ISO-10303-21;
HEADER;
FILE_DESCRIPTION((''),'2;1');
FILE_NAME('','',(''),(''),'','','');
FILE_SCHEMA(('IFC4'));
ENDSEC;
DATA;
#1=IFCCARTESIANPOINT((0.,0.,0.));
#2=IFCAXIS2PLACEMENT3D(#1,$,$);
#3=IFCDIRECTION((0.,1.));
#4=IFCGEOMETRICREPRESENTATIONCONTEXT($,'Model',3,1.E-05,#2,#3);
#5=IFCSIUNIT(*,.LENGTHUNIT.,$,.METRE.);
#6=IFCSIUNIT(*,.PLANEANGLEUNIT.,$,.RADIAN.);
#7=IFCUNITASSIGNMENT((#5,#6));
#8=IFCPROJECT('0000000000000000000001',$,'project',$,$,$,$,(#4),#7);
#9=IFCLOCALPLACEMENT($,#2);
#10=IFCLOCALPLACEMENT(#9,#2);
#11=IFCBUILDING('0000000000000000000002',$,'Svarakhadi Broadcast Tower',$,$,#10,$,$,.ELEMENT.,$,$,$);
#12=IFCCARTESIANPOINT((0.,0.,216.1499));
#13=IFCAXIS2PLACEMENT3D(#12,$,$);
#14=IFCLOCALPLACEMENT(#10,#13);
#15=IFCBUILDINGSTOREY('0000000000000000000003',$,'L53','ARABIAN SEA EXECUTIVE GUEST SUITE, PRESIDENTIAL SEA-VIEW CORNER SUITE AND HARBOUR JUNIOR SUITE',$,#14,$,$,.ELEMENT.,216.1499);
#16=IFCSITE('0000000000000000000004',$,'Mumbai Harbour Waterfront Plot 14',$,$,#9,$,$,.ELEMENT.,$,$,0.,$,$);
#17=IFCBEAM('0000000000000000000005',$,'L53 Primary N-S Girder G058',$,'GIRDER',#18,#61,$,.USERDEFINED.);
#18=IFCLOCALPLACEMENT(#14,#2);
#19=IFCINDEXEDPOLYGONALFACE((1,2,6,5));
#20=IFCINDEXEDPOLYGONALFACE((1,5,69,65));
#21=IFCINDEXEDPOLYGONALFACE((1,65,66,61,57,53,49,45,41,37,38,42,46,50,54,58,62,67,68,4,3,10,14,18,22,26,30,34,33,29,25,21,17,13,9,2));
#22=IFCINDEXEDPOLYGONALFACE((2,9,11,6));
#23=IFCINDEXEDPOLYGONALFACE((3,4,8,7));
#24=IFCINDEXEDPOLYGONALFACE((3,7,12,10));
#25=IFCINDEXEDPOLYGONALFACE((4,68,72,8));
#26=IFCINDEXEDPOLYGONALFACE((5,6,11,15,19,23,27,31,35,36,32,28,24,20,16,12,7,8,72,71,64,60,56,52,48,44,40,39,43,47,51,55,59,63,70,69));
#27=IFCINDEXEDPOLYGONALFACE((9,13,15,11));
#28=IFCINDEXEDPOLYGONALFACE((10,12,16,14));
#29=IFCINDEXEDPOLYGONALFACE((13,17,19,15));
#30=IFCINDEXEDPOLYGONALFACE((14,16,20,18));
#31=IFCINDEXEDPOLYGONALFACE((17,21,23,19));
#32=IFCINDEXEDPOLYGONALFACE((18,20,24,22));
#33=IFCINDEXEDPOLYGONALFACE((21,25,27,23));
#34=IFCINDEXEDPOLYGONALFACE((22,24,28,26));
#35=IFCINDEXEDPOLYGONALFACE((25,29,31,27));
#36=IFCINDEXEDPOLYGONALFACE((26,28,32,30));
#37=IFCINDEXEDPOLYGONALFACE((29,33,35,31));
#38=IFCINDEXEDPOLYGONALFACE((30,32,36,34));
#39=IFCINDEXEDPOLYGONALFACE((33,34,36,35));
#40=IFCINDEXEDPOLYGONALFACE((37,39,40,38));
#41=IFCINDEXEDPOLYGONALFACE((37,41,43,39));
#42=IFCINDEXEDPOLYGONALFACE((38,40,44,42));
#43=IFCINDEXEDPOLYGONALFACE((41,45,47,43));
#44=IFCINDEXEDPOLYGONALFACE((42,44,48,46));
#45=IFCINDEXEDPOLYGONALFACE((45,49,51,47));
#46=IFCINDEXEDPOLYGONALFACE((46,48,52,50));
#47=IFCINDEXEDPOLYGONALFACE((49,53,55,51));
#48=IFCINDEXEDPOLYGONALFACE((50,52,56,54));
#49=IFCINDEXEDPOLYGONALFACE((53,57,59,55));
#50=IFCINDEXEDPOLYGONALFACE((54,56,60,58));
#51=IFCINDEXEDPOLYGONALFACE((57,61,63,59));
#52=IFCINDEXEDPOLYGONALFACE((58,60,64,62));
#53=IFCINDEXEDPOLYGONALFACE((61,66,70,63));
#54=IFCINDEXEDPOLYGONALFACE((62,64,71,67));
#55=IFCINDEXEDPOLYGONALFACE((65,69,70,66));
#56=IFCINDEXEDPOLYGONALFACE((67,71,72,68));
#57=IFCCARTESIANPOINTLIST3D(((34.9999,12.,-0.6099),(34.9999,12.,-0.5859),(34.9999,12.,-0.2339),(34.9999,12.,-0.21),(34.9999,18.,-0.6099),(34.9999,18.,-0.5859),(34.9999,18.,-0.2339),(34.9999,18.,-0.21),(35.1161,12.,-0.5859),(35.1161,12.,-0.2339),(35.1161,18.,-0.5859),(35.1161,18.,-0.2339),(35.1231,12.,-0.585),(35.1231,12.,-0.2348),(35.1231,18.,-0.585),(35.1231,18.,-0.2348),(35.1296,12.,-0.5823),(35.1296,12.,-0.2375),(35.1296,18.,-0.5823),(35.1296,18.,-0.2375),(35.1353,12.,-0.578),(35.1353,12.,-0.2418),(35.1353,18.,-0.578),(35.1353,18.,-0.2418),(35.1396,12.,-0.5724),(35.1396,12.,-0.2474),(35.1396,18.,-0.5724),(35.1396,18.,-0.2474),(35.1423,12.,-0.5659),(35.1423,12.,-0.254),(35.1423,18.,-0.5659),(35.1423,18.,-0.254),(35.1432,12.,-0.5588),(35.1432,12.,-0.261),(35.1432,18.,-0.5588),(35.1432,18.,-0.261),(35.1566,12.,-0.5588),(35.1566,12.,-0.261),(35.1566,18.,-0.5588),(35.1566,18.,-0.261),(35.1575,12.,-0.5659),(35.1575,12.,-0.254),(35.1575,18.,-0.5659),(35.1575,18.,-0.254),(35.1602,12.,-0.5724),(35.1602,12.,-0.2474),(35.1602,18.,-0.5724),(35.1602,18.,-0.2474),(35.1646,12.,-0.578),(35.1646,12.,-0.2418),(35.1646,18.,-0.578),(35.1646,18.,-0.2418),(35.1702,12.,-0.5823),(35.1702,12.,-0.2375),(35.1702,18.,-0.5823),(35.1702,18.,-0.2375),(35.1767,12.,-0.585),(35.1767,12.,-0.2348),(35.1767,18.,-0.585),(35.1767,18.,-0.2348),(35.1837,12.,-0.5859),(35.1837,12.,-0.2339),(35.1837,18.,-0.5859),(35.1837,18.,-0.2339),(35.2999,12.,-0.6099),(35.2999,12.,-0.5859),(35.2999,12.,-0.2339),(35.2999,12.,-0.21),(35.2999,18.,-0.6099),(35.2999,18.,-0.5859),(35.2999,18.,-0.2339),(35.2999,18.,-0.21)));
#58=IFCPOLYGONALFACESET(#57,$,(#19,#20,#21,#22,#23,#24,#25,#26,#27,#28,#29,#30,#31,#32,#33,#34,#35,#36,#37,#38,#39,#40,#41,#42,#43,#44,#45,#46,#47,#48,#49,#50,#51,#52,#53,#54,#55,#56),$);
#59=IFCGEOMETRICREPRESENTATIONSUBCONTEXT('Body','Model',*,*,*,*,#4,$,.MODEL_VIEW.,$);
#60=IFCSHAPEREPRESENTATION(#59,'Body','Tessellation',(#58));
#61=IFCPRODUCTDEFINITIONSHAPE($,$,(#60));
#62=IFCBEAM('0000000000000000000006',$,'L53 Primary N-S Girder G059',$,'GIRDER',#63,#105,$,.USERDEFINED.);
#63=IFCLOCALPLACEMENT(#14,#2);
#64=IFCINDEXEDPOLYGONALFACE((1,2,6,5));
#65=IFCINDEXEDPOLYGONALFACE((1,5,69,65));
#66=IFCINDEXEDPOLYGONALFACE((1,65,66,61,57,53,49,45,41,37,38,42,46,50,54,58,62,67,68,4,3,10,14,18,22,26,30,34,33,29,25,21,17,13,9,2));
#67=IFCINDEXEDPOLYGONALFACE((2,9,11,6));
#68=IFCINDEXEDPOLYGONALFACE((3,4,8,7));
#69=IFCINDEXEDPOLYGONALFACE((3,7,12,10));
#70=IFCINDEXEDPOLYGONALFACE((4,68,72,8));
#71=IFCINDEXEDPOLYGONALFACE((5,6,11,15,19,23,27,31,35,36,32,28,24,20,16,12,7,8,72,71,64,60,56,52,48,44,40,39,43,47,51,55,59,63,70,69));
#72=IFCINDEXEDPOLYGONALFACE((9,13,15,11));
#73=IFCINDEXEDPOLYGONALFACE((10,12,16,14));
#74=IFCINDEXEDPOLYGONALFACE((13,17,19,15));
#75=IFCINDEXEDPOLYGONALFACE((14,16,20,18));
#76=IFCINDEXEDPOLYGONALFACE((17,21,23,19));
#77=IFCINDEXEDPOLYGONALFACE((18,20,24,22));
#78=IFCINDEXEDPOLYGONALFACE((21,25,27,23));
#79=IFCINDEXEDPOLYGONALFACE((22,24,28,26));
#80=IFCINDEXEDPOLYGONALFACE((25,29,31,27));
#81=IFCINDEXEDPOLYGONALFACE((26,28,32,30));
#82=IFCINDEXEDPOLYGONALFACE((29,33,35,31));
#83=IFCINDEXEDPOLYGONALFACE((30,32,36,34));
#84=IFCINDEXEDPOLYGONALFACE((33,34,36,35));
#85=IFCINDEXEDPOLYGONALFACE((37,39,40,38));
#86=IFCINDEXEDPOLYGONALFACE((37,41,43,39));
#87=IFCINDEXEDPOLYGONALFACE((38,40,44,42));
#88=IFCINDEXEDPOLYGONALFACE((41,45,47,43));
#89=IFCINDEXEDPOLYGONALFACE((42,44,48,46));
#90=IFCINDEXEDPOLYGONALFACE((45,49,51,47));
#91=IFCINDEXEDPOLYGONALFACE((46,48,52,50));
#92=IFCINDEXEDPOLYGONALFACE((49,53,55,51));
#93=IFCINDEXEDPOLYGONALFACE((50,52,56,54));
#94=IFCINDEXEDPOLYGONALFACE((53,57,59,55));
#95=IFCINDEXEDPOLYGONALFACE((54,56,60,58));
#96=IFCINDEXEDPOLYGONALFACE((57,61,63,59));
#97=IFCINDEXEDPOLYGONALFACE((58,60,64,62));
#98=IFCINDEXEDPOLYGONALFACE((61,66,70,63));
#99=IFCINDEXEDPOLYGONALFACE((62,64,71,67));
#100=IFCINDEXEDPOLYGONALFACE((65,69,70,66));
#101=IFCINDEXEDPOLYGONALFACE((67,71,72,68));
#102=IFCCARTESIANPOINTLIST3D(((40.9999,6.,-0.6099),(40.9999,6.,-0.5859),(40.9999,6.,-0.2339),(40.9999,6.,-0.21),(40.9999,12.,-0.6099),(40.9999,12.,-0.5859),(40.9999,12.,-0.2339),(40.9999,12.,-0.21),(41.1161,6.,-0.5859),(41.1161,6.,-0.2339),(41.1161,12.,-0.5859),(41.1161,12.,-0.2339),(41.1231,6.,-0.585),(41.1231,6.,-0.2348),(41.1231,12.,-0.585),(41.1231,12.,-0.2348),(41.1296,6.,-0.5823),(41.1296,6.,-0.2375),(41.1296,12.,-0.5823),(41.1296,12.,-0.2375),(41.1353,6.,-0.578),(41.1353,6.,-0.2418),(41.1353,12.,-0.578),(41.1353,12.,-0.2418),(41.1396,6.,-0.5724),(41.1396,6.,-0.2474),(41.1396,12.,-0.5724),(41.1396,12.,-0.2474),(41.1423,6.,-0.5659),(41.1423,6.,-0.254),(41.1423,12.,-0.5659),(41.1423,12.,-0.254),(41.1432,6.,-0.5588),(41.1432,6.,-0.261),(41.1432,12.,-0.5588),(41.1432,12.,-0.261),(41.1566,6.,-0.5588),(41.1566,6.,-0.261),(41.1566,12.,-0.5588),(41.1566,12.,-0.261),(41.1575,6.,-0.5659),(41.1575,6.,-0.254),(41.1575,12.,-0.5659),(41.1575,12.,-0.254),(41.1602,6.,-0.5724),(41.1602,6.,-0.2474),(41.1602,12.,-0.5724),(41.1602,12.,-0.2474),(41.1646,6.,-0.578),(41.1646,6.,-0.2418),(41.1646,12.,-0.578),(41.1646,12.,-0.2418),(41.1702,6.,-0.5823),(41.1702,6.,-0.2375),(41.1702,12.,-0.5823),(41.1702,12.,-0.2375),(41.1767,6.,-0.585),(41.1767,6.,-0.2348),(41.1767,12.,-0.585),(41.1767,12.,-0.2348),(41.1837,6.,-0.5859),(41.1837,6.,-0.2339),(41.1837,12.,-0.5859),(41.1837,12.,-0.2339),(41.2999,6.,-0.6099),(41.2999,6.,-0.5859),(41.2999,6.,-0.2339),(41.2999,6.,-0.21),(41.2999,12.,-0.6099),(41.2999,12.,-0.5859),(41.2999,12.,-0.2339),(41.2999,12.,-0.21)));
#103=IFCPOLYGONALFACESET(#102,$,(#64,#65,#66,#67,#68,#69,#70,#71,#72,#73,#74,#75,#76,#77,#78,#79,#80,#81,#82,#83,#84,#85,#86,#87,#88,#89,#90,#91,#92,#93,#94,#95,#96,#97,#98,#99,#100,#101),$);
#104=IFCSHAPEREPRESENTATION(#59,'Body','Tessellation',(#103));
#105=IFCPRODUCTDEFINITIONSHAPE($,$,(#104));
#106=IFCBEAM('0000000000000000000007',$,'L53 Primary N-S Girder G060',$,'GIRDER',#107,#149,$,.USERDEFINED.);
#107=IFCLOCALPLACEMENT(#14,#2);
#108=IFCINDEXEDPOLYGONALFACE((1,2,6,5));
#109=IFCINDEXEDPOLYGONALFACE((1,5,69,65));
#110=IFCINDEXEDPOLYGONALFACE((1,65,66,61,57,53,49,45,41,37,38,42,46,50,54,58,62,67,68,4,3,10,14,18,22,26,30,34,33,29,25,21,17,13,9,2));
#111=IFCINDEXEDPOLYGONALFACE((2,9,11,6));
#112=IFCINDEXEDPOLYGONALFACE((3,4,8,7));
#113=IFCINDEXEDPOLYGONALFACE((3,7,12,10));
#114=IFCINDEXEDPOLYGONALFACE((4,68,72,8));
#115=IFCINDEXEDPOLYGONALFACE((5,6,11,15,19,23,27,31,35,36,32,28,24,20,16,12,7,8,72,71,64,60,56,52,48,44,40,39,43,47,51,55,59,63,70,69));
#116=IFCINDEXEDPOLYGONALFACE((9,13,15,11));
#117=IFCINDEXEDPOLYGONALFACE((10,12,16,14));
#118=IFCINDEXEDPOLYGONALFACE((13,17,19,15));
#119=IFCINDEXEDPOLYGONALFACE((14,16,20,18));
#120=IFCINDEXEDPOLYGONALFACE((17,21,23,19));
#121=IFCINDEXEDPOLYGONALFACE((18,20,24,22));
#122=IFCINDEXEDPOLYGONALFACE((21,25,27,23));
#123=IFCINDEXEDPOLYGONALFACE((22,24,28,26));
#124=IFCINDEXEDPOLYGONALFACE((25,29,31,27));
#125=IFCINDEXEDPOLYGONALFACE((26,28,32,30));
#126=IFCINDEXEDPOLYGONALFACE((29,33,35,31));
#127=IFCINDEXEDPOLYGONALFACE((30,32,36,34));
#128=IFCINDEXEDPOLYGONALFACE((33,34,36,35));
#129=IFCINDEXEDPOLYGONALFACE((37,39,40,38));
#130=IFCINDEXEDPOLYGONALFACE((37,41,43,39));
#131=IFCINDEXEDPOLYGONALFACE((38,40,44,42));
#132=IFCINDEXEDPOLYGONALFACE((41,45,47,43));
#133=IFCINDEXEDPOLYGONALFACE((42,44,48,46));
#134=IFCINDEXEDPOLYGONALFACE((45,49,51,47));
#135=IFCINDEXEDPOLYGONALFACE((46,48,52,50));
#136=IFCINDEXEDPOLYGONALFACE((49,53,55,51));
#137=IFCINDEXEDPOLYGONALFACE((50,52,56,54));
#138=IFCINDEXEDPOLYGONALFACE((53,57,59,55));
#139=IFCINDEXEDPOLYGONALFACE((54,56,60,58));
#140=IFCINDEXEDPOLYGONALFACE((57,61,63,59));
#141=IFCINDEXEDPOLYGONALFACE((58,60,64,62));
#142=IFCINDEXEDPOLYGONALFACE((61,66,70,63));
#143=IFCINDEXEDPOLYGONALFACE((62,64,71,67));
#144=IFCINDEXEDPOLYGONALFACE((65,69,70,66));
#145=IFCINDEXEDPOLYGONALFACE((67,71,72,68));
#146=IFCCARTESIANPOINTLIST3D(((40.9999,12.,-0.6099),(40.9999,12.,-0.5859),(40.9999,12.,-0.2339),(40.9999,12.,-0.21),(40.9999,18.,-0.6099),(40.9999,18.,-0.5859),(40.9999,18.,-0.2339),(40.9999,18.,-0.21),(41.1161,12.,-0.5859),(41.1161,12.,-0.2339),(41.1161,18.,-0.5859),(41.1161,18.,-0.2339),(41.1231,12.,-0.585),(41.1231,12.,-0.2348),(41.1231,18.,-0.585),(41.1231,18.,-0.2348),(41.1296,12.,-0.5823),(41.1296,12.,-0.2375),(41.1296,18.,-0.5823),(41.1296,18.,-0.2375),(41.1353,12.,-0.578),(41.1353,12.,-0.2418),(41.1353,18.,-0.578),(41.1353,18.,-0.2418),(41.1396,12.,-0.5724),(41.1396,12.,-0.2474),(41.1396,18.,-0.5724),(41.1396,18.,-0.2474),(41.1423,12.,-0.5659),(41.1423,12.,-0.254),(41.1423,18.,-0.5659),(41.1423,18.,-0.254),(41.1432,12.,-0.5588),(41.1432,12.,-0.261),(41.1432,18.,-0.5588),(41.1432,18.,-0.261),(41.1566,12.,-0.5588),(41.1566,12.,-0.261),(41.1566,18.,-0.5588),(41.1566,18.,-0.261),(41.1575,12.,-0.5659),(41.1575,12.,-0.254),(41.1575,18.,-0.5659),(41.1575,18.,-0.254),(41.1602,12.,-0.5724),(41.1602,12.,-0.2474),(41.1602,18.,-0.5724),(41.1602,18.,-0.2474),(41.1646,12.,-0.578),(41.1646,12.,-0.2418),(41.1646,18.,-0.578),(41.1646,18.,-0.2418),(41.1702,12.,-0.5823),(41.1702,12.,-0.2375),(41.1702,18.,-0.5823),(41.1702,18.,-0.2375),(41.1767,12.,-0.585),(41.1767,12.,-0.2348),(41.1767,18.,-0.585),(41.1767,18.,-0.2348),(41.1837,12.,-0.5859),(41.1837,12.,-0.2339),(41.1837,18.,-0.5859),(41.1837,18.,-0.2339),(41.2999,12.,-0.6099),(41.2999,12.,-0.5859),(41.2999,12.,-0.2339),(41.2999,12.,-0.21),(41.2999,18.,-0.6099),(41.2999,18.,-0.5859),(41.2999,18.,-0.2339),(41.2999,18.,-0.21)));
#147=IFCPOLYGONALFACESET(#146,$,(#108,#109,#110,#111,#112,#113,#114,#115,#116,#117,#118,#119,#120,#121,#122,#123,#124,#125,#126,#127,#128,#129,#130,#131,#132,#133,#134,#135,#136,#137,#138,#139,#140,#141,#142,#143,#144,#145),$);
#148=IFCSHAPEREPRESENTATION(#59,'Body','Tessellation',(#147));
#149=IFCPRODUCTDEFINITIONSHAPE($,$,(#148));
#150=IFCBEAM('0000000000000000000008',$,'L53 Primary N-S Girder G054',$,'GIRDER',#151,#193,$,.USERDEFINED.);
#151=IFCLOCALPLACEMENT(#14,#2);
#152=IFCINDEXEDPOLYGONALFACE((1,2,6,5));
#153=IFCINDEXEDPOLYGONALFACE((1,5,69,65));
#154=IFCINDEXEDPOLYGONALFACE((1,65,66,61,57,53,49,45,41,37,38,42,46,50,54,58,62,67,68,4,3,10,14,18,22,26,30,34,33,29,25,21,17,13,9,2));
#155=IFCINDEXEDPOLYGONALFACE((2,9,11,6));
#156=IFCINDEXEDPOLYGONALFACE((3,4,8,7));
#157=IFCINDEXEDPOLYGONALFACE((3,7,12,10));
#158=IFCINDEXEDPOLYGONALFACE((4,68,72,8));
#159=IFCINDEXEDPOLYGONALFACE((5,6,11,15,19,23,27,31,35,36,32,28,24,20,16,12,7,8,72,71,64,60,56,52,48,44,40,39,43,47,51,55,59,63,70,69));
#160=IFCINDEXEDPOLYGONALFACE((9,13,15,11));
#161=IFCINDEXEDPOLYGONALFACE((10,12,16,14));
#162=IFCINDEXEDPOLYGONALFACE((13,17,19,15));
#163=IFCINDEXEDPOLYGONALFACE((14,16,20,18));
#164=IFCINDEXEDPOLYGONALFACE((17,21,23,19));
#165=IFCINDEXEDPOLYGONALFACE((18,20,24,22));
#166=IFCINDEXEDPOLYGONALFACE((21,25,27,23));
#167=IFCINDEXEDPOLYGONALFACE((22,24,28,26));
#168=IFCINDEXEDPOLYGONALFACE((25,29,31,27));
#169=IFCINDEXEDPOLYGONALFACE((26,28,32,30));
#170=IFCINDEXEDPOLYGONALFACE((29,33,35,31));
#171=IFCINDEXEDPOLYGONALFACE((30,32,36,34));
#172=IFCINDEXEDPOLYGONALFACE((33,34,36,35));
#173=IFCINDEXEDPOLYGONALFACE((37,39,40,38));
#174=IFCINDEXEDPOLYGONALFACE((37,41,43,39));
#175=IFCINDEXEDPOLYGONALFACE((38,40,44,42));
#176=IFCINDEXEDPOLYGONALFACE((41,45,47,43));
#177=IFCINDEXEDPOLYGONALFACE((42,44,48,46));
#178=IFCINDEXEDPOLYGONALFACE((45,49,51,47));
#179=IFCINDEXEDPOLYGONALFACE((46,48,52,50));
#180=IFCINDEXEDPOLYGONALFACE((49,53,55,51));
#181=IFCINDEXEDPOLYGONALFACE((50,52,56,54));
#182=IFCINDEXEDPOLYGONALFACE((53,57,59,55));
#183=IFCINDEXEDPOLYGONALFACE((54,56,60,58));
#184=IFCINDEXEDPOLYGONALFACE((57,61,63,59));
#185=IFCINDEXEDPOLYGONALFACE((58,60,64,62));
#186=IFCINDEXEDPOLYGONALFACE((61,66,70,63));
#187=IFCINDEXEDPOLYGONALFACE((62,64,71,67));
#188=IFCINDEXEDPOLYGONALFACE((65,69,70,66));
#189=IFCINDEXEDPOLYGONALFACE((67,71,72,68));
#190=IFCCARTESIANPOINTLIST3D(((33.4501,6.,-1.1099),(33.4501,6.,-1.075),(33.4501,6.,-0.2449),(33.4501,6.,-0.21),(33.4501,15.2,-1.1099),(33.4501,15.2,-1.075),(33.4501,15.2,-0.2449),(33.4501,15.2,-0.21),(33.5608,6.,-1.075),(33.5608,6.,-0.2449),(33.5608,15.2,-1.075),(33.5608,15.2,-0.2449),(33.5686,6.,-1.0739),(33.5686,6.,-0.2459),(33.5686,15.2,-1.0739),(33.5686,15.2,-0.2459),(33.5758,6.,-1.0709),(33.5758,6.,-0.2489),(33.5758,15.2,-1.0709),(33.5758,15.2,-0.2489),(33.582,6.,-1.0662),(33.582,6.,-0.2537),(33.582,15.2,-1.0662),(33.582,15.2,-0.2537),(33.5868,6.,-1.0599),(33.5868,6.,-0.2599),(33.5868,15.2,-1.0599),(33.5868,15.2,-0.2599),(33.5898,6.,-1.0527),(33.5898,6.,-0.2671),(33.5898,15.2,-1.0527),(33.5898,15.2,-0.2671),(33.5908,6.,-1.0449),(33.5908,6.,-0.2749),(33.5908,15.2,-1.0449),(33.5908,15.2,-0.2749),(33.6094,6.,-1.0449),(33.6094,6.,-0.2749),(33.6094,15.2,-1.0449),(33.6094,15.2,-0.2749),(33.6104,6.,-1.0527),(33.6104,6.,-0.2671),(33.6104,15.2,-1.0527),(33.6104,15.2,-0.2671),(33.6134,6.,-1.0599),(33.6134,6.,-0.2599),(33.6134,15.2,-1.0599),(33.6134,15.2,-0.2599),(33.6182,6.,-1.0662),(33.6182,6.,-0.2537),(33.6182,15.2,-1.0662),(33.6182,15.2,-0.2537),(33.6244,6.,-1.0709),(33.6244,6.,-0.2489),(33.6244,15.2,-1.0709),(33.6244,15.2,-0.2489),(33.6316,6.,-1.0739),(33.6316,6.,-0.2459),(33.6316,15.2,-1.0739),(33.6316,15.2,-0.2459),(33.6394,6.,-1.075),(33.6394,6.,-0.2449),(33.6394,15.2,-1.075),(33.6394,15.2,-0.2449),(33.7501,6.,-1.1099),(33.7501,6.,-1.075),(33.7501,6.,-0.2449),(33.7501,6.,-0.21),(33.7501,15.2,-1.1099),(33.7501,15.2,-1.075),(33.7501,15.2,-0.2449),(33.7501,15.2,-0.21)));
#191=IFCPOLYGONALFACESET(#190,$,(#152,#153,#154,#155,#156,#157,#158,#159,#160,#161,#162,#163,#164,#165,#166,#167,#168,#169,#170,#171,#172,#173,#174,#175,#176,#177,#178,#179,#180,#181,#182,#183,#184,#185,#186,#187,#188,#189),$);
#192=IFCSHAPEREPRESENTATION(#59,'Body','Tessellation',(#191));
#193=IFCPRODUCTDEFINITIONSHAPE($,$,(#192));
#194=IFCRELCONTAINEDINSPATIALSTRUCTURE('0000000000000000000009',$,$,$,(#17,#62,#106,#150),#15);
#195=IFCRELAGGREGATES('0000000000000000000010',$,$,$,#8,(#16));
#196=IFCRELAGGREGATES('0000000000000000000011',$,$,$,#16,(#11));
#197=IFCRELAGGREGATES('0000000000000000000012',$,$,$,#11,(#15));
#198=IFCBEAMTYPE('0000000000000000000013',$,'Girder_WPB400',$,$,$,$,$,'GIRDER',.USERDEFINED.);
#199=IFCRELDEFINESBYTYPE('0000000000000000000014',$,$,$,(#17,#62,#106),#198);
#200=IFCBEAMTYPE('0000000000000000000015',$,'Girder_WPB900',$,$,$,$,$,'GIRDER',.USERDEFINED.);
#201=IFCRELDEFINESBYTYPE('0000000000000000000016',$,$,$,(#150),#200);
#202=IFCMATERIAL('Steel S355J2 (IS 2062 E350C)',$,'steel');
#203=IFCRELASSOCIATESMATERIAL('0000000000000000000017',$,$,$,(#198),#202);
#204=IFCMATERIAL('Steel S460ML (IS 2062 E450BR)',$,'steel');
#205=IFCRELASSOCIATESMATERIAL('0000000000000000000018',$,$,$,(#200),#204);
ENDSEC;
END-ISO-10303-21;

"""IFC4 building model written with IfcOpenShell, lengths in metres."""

from ifc_helpers import new_model, si_unit, direction, frame, origin, origin_2d, place, context, subcontext, project, spatial, i_section, extrude, material, material_profile, profile_set, type_object, element, save


model = new_model("IFC4")

# Units and contexts
model_context = context("Model", 3, precision=1e-05, world=origin(), true_north=direction((0.0, 1.0)))
body_context = subcontext(model_context, "Body", "Model", "MODEL_VIEW")
ifc_project = project(units=[si_unit("LENGTHUNIT", "METRE"), si_unit("PLANEANGLEUNIT", "RADIAN")], contexts=[model_context])

# Site, building, storey
site_placement = place(None, origin())
site = spatial("IfcSite", under=ifc_project, at=site_placement, Name="Mumbai Harbour Waterfront Plot 14", CompositionType="ELEMENT", RefElevation=0.0)
building_placement = place(site_placement, origin())
building = spatial("IfcBuilding", under=site, at=building_placement, Name="Svarakhadi Broadcast Tower", CompositionType="ELEMENT")
storey_placement = place(building_placement, frame((0.0, 0.0, 216.1499)))
storey = spatial("IfcBuildingStorey", under=building, at=storey_placement, Name="L53", Description="ARABIAN SEA EXECUTIVE GUEST SUITE, PRESIDENTIAL SEA-VIEW CORNER SUITE AND HARBOUR JUNIOR SUITE", CompositionType="ELEMENT", Elevation=216.1499)

# Shared definitions
ifc_material_1 = material(Name="Steel S460ML (IS 2062 E450BR)", Category="steel")

# Beams
ifc_material_2 = material(Name="Steel S355J2 (IS 2062 E350C)", Category="steel")
ifc_material_profile_1 = material_profile(ifc_material_2, i_section(OverallWidth=0.3, OverallDepth=0.3999, WebThickness=0.0134, FlangeThickness=0.0239, FilletRadius=0.0271, at=origin_2d()), Name="WPB 400x300x155")
ifc_profile_set_1 = profile_set([ifc_material_profile_1], Name="Steel S355J2 (IS 2062 E350C)")
beam_type_1 = type_object("IfcBeamType", Name="Girder_WPB400", ElementType="GIRDER", PredefinedType="USERDEFINED", material=ifc_profile_set_1)
for number, where, z_axis, x_axis, name in (
    (1, (35.1499, 12.0, -0.4099), (0.0, 1.0, 0.0), (-1.0, 0.0, 0.0), "L53 Primary N-S Girder G058"),
    (2, (41.1499, 6.0, -0.4099), (0.0, 1.0, 0.0), (-1.0, 0.0, 0.0), "L53 Primary N-S Girder G059"),
    (3, (41.1499, 12.0, -0.4099), (0.0, 1.0, 0.0), (-1.0, 0.0, 0.0), "L53 Primary N-S Girder G060"),
):
    element("IfcBeam", number, at=place(storey_placement, frame(where, z_axis=z_axis, x_axis=x_axis)), inside=storey, type_object=beam_type_1, Name=name, ObjectType="GIRDER", PredefinedType="USERDEFINED", context=body_context, shape_type="SweptSolid", body=[
        extrude(i_section(OverallWidth=0.3, OverallDepth=0.3999, WebThickness=0.0134, FlangeThickness=0.0239, FilletRadius=0.0271, at=origin_2d()), origin(), (0.0, 0.0, 1.0), 6.0),
    ])
ifc_material_profile_2 = material_profile(ifc_material_1, i_section(OverallWidth=0.3, OverallDepth=0.8999, WebThickness=0.0186, FlangeThickness=0.0349, FilletRadius=0.03, at=origin_2d()), Name="WPB 900x300x291")
ifc_profile_set_2 = profile_set([ifc_material_profile_2], Name="Steel S460ML (IS 2062 E450BR)")
beam_type_2 = type_object("IfcBeamType", Name="Girder_WPB900", ElementType="GIRDER", PredefinedType="USERDEFINED", material=ifc_profile_set_2)
beam_1_placement = place(storey_placement, frame((33.6001, 6.0, -0.6599), z_axis=(0.0, 1.0, 0.0), x_axis=(-1.0, 0.0, 0.0)))
element("IfcBeam", 4, at=beam_1_placement, inside=storey, type_object=beam_type_2, Name="L53 Primary N-S Girder G054", ObjectType="GIRDER", PredefinedType="USERDEFINED", context=body_context, shape_type="SweptSolid", body=[
    extrude(i_section(OverallWidth=0.3, OverallDepth=0.8999, WebThickness=0.0186, FlangeThickness=0.0349, FilletRadius=0.03, at=origin_2d()), origin(), (0.0, 0.0, 1.0), 9.2),
])

save(model, "model.ifc")
